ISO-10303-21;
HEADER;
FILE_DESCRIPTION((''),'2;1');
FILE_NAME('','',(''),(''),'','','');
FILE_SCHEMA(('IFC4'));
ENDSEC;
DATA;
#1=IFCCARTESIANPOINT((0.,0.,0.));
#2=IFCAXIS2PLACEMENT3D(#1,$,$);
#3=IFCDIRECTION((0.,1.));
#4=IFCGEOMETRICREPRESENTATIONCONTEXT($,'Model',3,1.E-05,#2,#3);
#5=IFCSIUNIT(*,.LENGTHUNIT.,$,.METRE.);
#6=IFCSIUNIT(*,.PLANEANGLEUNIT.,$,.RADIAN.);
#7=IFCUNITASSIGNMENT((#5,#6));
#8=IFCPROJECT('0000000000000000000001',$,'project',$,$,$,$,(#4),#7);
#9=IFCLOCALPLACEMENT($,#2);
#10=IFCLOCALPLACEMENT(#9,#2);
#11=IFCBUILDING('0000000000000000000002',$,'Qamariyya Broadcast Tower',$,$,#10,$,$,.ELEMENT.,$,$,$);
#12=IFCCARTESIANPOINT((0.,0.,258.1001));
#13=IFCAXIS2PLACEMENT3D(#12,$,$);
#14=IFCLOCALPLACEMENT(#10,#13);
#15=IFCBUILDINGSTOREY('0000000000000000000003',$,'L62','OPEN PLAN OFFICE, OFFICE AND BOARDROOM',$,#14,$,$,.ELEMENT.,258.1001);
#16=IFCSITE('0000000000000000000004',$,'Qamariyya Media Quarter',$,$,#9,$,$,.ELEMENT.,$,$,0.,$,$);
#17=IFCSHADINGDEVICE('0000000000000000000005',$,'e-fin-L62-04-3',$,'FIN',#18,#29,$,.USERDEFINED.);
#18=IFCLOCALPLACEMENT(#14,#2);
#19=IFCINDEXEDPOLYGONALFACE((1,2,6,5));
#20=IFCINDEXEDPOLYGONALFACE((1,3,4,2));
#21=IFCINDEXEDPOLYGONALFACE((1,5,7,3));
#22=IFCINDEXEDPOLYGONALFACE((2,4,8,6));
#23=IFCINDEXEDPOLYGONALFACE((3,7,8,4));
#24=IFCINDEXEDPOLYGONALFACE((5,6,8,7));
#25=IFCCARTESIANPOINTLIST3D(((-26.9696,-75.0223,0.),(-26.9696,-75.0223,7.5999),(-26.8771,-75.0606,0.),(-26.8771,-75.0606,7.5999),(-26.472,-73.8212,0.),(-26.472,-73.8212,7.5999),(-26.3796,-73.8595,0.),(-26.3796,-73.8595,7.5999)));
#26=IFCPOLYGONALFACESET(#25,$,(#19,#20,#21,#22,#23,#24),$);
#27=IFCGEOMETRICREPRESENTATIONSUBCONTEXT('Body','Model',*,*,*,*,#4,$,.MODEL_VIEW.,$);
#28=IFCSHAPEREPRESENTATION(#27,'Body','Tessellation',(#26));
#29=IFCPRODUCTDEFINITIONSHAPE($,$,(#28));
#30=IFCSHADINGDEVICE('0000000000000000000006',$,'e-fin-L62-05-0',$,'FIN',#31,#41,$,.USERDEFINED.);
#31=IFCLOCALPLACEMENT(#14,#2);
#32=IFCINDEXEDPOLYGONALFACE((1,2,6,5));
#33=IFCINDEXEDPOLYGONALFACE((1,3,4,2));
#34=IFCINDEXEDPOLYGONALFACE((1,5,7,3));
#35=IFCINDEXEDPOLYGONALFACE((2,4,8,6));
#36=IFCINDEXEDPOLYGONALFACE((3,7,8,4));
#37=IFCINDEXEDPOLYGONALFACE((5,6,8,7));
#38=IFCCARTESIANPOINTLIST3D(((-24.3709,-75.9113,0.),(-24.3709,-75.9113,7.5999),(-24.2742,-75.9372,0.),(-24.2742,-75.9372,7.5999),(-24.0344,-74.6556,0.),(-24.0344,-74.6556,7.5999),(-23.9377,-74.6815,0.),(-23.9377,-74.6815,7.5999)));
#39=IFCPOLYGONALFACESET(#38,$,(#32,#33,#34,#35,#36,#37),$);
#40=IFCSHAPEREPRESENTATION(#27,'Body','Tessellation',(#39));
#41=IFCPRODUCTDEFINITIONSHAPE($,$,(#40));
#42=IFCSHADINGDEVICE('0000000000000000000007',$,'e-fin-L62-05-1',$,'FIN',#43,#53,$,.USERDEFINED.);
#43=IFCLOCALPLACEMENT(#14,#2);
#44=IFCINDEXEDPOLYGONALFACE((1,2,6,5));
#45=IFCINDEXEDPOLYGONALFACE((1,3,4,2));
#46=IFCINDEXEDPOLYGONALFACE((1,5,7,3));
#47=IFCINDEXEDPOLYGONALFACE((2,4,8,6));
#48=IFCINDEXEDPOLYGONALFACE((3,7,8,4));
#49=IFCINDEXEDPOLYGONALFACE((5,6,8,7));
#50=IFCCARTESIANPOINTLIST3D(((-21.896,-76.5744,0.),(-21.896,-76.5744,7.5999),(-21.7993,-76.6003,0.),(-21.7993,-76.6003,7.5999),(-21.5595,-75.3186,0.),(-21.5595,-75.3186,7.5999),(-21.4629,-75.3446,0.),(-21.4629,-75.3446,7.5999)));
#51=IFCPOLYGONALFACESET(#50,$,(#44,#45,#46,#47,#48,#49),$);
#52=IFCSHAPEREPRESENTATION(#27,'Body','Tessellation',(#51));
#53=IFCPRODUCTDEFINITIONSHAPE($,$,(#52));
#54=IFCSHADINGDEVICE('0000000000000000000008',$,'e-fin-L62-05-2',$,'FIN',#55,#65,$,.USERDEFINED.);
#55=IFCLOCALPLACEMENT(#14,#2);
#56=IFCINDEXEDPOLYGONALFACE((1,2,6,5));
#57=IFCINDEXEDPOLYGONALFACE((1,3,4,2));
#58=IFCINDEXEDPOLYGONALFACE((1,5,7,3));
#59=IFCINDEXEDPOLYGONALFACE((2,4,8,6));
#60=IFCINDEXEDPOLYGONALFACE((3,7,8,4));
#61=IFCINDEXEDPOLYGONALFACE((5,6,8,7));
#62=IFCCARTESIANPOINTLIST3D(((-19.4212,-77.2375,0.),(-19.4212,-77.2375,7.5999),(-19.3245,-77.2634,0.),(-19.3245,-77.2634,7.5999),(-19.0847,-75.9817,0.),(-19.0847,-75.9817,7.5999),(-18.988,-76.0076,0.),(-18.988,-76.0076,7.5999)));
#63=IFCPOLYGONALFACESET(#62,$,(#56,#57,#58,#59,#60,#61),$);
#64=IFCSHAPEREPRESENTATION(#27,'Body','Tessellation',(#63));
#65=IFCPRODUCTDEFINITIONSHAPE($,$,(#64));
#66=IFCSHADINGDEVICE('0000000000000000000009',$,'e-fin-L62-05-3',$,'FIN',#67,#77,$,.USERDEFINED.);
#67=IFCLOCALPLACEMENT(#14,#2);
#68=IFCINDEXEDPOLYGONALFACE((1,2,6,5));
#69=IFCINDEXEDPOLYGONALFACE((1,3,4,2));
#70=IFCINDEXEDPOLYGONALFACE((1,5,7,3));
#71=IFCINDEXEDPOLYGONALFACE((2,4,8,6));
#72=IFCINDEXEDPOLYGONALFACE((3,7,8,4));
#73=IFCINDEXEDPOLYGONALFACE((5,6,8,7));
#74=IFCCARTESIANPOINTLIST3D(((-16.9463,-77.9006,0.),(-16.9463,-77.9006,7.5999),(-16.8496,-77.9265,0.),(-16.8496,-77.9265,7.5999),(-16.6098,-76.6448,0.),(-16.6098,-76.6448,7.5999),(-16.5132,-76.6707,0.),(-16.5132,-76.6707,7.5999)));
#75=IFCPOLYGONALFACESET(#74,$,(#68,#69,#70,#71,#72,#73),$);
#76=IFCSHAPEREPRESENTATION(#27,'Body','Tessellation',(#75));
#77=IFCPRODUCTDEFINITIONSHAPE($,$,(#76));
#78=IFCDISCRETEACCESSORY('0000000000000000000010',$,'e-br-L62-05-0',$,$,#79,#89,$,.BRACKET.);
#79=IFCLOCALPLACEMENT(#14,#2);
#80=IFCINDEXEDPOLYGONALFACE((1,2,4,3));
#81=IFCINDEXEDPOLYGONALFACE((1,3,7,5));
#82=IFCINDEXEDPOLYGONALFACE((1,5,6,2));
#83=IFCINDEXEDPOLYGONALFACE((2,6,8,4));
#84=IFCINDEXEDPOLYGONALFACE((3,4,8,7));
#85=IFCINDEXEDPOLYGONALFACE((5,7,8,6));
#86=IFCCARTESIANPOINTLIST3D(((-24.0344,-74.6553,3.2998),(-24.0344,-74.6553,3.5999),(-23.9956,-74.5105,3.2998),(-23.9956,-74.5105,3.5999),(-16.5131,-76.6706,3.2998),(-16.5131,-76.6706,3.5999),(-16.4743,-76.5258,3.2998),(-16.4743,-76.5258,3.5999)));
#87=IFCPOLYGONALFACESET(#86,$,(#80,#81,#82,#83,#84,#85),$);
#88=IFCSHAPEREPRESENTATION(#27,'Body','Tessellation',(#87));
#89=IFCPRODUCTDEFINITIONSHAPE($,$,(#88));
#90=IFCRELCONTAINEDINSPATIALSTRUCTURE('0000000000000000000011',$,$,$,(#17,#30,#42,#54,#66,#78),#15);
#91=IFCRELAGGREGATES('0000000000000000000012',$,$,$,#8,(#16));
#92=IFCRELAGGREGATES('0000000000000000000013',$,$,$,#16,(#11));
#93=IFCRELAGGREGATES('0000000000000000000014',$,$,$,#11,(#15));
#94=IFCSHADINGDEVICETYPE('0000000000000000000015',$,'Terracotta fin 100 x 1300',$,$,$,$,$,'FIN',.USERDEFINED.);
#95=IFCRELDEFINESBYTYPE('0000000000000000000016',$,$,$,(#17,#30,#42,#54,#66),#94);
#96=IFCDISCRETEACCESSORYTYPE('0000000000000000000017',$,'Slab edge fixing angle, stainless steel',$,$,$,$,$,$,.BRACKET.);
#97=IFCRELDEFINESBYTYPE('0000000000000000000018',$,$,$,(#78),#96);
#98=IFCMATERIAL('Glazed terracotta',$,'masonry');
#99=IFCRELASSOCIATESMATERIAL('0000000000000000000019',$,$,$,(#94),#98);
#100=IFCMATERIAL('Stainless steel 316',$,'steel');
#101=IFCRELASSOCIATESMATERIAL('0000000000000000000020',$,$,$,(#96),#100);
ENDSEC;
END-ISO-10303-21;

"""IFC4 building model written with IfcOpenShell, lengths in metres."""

from ifc_helpers import new_model, si_unit, direction, frame, origin, origin_2d, place, context, subcontext, project, spatial, rectangle, extrude, material, material_profile, profile_set, type_object, element, save


model = new_model("IFC4")

# Units and contexts
model_context = context("Model", 3, precision=1e-05, world=origin(), true_north=direction((0.0, 1.0)))
body_context = subcontext(model_context, "Body", "Model", "MODEL_VIEW")
ifc_project = project(units=[si_unit("LENGTHUNIT", "METRE"), si_unit("PLANEANGLEUNIT", "RADIAN")], contexts=[model_context])

# Site, building, storey
site_placement = place(None, origin())
site = spatial("IfcSite", under=ifc_project, at=site_placement, Name="Qamariyya Media Quarter", CompositionType="ELEMENT", RefElevation=0.0)
building_placement = place(site_placement, origin())
building = spatial("IfcBuilding", under=site, at=building_placement, Name="Qamariyya Broadcast Tower", CompositionType="ELEMENT")
storey_placement = place(building_placement, frame((0.0, 0.0, 258.1001)))
storey = spatial("IfcBuildingStorey", under=building, at=storey_placement, Name="L62", Description="OPEN PLAN OFFICE, OFFICE AND BOARDROOM", CompositionType="ELEMENT", Elevation=258.1001)

# Shading devices
ifc_material_1 = material(Name="Glazed terracotta", Category="masonry")
ifc_material_profile_1 = material_profile(ifc_material_1, rectangle(XDim=1.3, YDim=0.1001, at=origin_2d()))
ifc_profile_set_1 = profile_set([ifc_material_profile_1], Name="Glazed terracotta")
shading_device_type_1 = type_object("IfcShadingDeviceType", Name="Terracotta fin 100 x 1300", ElementType="FIN", PredefinedType="USERDEFINED", material=ifc_profile_set_1)
for number, where, z_axis, x_axis, name in (
    (1, (-26.6746, -74.4409, 0.0), (0.0, 0.0, 1.0), (-0.382683, -0.92388, 0.0), "e-fin-L62-04-3"),
    (2, (-24.1543, -75.2964, 0.0), (0.0, 0.0, 1.0), (-0.258819, -0.965926, 0.0), "e-fin-L62-05-0"),
    (3, (-21.6794, -75.9595, 0.0), (0.0, 0.0, 1.0), (-0.258819, -0.965926, 0.0), "e-fin-L62-05-1"),
    (4, (-19.2046, -76.6226, 0.0), (0.0, 0.0, 1.0), (-0.258819, -0.965926, 0.0), "e-fin-L62-05-2"),
    (5, (-16.7297, -77.2856, 0.0), (0.0, 0.0, 1.0), (-0.258819, -0.965926, 0.0), "e-fin-L62-05-3"),
):
    element("IfcShadingDevice", number, at=place(storey_placement, frame(where, z_axis=z_axis, x_axis=x_axis)), inside=storey, type_object=shading_device_type_1, Name=name, ObjectType="FIN", PredefinedType="USERDEFINED", context=body_context, shape_type="SweptSolid", body=[
        extrude(rectangle(XDim=1.3, YDim=0.1001, at=origin_2d()), origin(), (0.0, 0.0, 1.0), 7.5999),
    ])

# Discrete accessory
ifc_material_2 = material(Name="Stainless steel 316", Category="steel")
discrete_accessory_type = type_object("IfcDiscreteAccessoryType", Name="Slab edge fixing angle, stainless steel", PredefinedType="BRACKET", material=ifc_material_2)
discrete_accessory_placement = place(storey_placement, frame((-20.2544, -75.5906, 3.2998), z_axis=(0.0, 0.0, 1.0), x_axis=(0.965926, -0.258819, 0.0)))
element("IfcDiscreteAccessory", 6, at=discrete_accessory_placement, inside=storey, type_object=discrete_accessory_type, Name="e-br-L62-05-0", PredefinedType="BRACKET", context=body_context, shape_type="SweptSolid", body=[
    extrude(rectangle(XDim=7.7866, YDim=0.1499, at=origin_2d()), origin(), (0.0, 0.0, 1.0), 0.3),
])

save(model, "model.ifc")
